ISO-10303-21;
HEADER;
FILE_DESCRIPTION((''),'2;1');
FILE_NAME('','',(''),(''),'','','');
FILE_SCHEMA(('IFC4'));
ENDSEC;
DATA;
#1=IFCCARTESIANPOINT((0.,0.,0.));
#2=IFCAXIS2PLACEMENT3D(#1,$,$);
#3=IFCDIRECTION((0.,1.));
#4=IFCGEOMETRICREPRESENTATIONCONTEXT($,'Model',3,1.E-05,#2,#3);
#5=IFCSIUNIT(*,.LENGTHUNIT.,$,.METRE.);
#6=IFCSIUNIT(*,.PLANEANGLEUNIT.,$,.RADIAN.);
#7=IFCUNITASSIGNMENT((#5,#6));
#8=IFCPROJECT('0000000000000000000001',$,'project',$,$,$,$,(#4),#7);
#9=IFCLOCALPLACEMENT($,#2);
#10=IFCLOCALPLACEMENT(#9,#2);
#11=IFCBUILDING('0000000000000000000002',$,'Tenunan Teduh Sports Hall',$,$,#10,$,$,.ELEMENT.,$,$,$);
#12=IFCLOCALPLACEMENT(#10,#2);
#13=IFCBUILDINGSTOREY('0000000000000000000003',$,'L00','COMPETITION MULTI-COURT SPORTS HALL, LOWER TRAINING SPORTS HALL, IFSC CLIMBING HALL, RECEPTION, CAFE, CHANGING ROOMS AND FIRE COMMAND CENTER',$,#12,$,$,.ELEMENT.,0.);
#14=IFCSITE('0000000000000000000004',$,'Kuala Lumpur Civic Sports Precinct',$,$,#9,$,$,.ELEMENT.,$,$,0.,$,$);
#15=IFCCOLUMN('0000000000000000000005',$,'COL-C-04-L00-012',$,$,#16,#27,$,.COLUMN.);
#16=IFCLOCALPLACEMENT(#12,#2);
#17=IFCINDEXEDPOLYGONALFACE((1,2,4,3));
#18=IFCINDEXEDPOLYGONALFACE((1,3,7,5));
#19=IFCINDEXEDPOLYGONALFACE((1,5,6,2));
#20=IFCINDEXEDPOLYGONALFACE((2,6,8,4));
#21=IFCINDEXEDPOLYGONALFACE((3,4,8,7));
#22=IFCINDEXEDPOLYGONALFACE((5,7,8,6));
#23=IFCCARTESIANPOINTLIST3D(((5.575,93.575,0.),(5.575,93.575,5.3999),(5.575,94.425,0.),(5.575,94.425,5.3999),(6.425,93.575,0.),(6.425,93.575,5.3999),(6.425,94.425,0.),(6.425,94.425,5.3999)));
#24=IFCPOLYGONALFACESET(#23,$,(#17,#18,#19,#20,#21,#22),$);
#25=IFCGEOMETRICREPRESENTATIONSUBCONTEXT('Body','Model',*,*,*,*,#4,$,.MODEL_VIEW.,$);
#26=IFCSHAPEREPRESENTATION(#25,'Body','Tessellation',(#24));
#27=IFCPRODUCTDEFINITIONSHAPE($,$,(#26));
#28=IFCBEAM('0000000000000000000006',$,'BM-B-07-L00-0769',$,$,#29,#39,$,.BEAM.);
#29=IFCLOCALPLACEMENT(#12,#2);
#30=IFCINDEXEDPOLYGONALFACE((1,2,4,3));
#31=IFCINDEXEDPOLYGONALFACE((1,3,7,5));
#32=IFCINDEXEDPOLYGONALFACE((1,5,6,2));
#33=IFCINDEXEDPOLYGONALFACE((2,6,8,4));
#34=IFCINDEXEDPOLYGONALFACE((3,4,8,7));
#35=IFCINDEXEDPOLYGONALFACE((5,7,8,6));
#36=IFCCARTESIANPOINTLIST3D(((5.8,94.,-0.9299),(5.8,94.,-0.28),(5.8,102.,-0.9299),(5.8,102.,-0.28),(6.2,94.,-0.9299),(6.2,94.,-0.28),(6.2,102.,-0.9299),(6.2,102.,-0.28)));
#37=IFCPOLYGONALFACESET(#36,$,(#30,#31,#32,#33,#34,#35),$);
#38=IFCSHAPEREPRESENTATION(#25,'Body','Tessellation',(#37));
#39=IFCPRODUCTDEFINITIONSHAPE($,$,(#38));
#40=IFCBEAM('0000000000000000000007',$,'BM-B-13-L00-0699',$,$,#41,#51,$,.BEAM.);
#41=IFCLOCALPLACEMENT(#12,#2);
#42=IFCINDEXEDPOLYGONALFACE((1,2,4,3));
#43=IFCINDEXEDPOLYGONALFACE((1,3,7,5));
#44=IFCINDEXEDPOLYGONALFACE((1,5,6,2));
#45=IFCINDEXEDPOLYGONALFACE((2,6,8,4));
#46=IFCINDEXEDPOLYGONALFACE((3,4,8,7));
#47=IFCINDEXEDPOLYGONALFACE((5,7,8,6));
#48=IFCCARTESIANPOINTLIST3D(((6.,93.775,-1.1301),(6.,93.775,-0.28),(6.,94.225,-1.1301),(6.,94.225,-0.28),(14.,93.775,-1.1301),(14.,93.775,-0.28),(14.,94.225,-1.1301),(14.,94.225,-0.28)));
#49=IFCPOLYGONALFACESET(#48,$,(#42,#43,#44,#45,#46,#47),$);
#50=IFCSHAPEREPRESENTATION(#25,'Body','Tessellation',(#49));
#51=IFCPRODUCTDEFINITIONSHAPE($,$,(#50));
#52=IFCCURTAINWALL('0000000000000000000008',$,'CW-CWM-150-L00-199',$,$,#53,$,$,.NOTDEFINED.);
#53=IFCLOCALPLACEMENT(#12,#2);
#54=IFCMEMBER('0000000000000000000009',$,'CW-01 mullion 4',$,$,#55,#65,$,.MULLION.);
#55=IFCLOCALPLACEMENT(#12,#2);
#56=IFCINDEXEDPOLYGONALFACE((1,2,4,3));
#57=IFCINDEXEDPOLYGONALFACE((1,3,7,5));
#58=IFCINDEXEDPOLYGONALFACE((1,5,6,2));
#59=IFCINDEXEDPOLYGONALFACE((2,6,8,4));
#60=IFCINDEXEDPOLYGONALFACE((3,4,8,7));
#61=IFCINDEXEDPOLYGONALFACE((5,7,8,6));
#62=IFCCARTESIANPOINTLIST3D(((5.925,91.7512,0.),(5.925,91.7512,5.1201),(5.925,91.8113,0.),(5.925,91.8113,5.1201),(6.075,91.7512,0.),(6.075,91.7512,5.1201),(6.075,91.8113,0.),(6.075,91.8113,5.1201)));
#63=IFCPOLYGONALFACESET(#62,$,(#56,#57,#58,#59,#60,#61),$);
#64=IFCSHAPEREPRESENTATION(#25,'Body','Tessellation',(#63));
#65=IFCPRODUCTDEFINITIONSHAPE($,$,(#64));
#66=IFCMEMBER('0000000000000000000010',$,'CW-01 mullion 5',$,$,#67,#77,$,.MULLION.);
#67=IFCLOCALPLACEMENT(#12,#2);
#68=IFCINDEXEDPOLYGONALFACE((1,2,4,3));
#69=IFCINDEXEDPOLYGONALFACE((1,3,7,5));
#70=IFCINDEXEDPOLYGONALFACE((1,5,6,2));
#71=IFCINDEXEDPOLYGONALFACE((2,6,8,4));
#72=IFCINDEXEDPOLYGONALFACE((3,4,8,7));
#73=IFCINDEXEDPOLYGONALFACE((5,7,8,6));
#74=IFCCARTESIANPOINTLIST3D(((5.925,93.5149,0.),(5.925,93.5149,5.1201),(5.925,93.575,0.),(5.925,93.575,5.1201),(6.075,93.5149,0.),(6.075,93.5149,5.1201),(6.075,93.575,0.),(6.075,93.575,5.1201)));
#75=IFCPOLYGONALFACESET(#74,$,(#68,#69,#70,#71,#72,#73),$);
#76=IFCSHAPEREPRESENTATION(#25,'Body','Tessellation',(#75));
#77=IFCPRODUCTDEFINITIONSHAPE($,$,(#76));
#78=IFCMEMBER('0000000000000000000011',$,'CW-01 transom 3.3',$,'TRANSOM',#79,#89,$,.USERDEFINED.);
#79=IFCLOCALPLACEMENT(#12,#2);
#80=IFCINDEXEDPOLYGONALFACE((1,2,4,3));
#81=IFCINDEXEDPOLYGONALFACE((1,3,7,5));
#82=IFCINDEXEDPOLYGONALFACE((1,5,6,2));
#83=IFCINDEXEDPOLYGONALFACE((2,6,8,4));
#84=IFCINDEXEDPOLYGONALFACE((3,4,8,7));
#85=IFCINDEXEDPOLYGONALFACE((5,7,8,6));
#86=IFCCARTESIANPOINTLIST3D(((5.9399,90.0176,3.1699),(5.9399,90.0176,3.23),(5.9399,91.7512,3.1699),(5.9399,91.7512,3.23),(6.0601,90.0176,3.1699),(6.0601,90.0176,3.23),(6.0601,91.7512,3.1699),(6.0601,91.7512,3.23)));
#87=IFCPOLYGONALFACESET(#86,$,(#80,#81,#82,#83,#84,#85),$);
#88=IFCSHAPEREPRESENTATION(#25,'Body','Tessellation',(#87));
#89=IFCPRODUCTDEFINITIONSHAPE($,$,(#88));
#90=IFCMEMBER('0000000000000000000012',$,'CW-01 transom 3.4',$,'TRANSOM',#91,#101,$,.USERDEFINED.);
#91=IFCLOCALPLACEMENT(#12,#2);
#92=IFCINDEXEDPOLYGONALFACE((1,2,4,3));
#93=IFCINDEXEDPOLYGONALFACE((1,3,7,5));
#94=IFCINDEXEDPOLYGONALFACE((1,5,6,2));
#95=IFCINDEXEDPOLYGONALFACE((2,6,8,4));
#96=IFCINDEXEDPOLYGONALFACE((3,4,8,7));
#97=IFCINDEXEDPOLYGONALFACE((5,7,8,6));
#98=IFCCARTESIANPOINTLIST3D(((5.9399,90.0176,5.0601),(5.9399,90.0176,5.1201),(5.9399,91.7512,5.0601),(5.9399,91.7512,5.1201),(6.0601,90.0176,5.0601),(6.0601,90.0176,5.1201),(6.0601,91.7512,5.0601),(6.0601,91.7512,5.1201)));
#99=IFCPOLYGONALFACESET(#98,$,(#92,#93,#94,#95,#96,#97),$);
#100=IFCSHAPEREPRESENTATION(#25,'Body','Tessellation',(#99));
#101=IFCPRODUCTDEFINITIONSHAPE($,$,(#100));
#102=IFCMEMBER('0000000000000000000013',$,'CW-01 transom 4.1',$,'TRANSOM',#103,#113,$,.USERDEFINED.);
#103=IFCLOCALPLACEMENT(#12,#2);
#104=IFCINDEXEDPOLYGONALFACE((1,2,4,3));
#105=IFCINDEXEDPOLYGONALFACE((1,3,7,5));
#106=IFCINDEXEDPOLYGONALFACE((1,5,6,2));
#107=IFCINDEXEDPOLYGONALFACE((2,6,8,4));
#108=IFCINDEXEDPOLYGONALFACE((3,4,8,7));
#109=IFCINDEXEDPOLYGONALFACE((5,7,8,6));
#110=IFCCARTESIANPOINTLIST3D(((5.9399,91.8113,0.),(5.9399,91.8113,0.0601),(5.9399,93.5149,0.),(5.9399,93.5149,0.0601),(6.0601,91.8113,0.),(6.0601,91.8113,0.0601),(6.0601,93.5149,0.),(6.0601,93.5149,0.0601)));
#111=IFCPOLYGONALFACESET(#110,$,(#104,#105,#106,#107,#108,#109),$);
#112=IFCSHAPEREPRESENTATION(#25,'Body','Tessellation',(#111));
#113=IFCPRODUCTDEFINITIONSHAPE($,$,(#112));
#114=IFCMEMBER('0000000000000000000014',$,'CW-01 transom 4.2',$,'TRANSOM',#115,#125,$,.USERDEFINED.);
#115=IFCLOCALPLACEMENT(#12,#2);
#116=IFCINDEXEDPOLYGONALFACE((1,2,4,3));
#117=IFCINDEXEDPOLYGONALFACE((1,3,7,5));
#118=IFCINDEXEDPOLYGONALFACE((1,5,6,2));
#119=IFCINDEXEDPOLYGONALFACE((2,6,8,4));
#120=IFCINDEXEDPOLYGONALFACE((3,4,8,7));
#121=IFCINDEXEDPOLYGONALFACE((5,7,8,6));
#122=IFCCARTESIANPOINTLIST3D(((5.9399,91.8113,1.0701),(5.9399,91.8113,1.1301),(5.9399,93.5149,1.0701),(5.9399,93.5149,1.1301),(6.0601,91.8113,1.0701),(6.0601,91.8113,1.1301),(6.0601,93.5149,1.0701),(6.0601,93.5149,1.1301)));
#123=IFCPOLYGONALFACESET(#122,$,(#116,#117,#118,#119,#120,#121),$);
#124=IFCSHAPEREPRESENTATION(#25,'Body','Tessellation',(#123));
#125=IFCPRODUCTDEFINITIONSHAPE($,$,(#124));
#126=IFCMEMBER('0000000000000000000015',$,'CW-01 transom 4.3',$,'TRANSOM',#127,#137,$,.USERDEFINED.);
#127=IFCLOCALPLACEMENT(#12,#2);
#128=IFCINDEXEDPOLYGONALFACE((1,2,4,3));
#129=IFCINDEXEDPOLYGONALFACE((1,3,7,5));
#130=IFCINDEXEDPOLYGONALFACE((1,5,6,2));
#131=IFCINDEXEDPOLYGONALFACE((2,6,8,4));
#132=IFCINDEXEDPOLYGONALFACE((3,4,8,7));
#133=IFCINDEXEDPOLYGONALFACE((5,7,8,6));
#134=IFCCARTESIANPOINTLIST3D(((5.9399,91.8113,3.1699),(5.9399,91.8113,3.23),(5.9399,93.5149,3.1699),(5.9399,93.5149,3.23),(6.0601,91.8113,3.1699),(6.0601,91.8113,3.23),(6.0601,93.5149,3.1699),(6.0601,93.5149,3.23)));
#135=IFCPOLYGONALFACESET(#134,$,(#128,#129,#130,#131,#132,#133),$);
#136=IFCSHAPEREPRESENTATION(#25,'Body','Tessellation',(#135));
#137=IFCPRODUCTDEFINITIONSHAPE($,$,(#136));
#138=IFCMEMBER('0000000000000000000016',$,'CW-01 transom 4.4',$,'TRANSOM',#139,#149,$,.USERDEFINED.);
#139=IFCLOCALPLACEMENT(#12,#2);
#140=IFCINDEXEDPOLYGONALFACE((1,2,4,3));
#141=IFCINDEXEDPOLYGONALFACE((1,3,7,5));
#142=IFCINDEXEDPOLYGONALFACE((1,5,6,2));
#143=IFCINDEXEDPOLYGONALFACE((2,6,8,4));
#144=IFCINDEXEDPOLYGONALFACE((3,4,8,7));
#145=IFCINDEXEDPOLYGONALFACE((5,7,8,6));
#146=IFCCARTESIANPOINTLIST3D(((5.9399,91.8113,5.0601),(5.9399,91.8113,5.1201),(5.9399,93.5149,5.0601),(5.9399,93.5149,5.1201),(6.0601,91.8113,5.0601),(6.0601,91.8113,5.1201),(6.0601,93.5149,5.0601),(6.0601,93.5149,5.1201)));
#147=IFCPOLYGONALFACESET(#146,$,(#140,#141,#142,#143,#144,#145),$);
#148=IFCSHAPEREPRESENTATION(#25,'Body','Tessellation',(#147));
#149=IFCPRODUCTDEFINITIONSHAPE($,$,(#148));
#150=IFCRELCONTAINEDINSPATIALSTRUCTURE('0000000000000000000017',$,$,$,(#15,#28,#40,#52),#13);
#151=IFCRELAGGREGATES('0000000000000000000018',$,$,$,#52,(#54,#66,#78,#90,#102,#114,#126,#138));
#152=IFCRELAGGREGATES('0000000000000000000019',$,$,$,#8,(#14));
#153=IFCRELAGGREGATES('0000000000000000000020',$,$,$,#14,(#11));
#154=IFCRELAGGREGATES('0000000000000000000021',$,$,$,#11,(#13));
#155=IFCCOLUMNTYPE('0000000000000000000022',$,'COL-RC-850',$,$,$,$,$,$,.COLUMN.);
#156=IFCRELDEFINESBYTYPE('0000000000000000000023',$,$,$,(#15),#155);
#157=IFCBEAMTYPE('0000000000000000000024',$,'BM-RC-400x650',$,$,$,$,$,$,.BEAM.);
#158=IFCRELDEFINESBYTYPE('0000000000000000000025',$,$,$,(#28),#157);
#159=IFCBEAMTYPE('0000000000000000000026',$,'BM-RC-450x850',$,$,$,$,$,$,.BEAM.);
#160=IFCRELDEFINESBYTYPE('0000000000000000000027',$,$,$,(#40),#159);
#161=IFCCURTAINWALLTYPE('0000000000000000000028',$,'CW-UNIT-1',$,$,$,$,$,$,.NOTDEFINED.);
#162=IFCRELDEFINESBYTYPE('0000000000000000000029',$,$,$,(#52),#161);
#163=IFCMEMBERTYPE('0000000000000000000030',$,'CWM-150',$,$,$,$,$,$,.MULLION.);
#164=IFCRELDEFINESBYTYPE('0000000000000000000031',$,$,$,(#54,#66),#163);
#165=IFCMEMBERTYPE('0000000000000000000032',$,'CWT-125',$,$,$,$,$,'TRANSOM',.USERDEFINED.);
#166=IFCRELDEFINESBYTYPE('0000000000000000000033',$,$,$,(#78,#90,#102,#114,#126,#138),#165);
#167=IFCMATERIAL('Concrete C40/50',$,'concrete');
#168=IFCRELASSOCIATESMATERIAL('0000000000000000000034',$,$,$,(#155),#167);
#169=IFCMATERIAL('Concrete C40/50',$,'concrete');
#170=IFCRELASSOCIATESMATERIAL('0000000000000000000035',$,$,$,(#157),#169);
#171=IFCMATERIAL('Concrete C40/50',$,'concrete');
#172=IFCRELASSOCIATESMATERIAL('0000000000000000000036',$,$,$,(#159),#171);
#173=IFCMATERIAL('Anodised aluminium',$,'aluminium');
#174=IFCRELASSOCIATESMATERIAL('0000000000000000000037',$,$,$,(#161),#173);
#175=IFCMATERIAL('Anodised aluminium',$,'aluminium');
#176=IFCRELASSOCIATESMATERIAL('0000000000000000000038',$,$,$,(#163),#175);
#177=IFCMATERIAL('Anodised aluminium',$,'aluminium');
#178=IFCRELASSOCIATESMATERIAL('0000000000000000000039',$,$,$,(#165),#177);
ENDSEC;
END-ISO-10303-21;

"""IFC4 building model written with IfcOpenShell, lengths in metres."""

from ifc_helpers import new_model, si_unit, direction, frame, origin, origin_2d, place, context, subcontext, project, spatial, rectangle, extrude, material, material_profile, profile_set, type_object, element, aggregate, save


model = new_model("IFC4")

# Units and contexts
model_context = context("Model", 3, precision=1e-05, world=origin(), true_north=direction((0.0, 1.0)))
body_context = subcontext(model_context, "Body", "Model", "MODEL_VIEW")
ifc_project = project(units=[si_unit("LENGTHUNIT", "METRE"), si_unit("PLANEANGLEUNIT", "RADIAN")], contexts=[model_context])

# Site, building, storey
site_placement = place(None, origin())
site = spatial("IfcSite", under=ifc_project, at=site_placement, Name="Kuala Lumpur Civic Sports Precinct", CompositionType="ELEMENT", RefElevation=0.0)
building_placement = place(site_placement, origin())
building = spatial("IfcBuilding", under=site, at=building_placement, Name="Tenunan Teduh Sports Hall", CompositionType="ELEMENT")
storey_placement = place(building_placement, origin())
storey = spatial("IfcBuildingStorey", under=building, at=storey_placement, Name="L00", Description="COMPETITION MULTI-COURT SPORTS HALL, LOWER TRAINING SPORTS HALL, IFSC CLIMBING HALL, RECEPTION, CAFE, CHANGING ROOMS AND FIRE COMMAND CENTER", CompositionType="ELEMENT", Elevation=0.0)

# Column
ifc_material_1 = material(Name="Concrete C40/50", Category="concrete")
ifc_material_profile_1 = material_profile(ifc_material_1, rectangle(XDim=0.8501, YDim=0.8501, at=origin_2d()), Name="RC 850x850")
ifc_profile_set_1 = profile_set([ifc_material_profile_1], Name="Concrete C40/50")
column_type = type_object("IfcColumnType", Name="COL-RC-850", PredefinedType="COLUMN", material=ifc_profile_set_1)
column_placement = place(storey_placement, frame((6.0, 94.0, 0.0), z_axis=(0.0, 0.0, 1.0), x_axis=(1.0, 0.0, 0.0)))
element("IfcColumn", 1, at=column_placement, inside=storey, type_object=column_type, Name="COL-C-04-L00-012", PredefinedType="COLUMN", context=body_context, shape_type="SweptSolid", body=[
    extrude(rectangle(XDim=0.8501, YDim=0.8501, at=origin_2d()), origin(), (0.0, 0.0, 1.0), 5.3999),
])

# Beams
ifc_material_2 = material(Name="Concrete C40/50", Category="concrete")
ifc_material_profile_2 = material_profile(ifc_material_2, rectangle(XDim=0.3999, YDim=0.6499, at=origin_2d()), Name="RCB 400x650")
ifc_profile_set_2 = profile_set([ifc_material_profile_2], Name="Concrete C40/50")
beam_type_1 = type_object("IfcBeamType", Name="BM-RC-400x650", PredefinedType="BEAM", material=ifc_profile_set_2)
beam_1_placement = place(storey_placement, frame((6.0, 94.0, -0.605), z_axis=(0.0, 1.0, 0.0), x_axis=(-1.0, 0.0, 0.0)))
element("IfcBeam", 2, at=beam_1_placement, inside=storey, type_object=beam_type_1, Name="BM-B-07-L00-0769", PredefinedType="BEAM", context=body_context, shape_type="SweptSolid", body=[
    extrude(rectangle(XDim=0.3999, YDim=0.6499, at=origin_2d()), origin(), (0.0, 0.0, 1.0), 8.0),
])
ifc_material_3 = material(Name="Concrete C40/50", Category="concrete")
ifc_material_profile_3 = material_profile(ifc_material_3, rectangle(XDim=0.45, YDim=0.8501, at=origin_2d()), Name="RCB 450x850")
ifc_profile_set_3 = profile_set([ifc_material_profile_3], Name="Concrete C40/50")
beam_type_2 = type_object("IfcBeamType", Name="BM-RC-450x850", PredefinedType="BEAM", material=ifc_profile_set_3)
beam_2_placement = place(storey_placement, frame((6.0, 94.0, -0.7051), z_axis=(1.0, 0.0, 0.0), x_axis=(0.0, 1.0, 0.0)))
element("IfcBeam", 3, at=beam_2_placement, inside=storey, type_object=beam_type_2, Name="BM-B-13-L00-0699", PredefinedType="BEAM", context=body_context, shape_type="SweptSolid", body=[
    extrude(rectangle(XDim=0.45, YDim=0.8501, at=origin_2d()), origin(), (0.0, 0.0, 1.0), 8.0),
])

# Curtain wall, members
ifc_material_4 = material(Name="Anodised aluminium", Category="aluminium")
curtain_wall_type = type_object("IfcCurtainWallType", Name="CW-UNIT-1", PredefinedType="NOTDEFINED", material=ifc_material_4)
curtain_wall_placement = place(storey_placement, origin())
curtain_wall = element("IfcCurtainWall", 4, at=curtain_wall_placement, inside=storey, type_object=curtain_wall_type, Name="CW-CWM-150-L00-199", PredefinedType="NOTDEFINED")
ifc_material_5 = material(Name="Anodised aluminium", Category="aluminium")
ifc_material_profile_4 = material_profile(ifc_material_5, rectangle(XDim=0.0601, YDim=0.1499, at=origin_2d()), Name="CWM 60x150")
ifc_profile_set_4 = profile_set([ifc_material_profile_4], Name="Anodised aluminium")
member_type_1 = type_object("IfcMemberType", Name="CWM-150", PredefinedType="MULLION", material=ifc_profile_set_4)
member_1_placement = place(storey_placement, frame((6.0, 91.7812, 0.0), z_axis=(0.0, 0.0, 1.0), x_axis=(0.0, 1.0, 0.0)))
member_1 = element("IfcMember", 5, at=member_1_placement, type_object=member_type_1, Name="CW-01 mullion 4", PredefinedType="MULLION", context=body_context, shape_type="SweptSolid", body=[
    extrude(rectangle(XDim=0.0601, YDim=0.1499, at=origin_2d()), origin(), (0.0, 0.0, 1.0), 5.1201),
])
member_2_placement = place(storey_placement, frame((6.0, 93.5449, 0.0), z_axis=(0.0, 0.0, 1.0), x_axis=(0.0, 1.0, 0.0)))
member_2 = element("IfcMember", 6, at=member_2_placement, type_object=member_type_1, Name="CW-01 mullion 5", PredefinedType="MULLION", context=body_context, shape_type="SweptSolid", body=[
    extrude(rectangle(XDim=0.0601, YDim=0.1499, at=origin_2d()), origin(), (0.0, 0.0, 1.0), 5.1201),
])
ifc_material_6 = material(Name="Anodised aluminium", Category="aluminium")
ifc_material_profile_5 = material_profile(ifc_material_6, rectangle(XDim=0.0601, YDim=0.1201, at=origin_2d()), Name="CWT 60x120")
ifc_profile_set_5 = profile_set([ifc_material_profile_5], Name="Anodised aluminium")
member_type_2 = type_object("IfcMemberType", Name="CWT-125", ElementType="TRANSOM", PredefinedType="USERDEFINED", material=ifc_profile_set_5)
member_3_placement = place(storey_placement, frame((6.0, 90.0176, 3.2), z_axis=(0.0, 1.0, 0.0), x_axis=(0.0, 0.0, 1.0)))
member_3 = element("IfcMember", 7, at=member_3_placement, type_object=member_type_2, Name="CW-01 transom 3.3", ObjectType="TRANSOM", PredefinedType="USERDEFINED", context=body_context, shape_type="SweptSolid", body=[
    extrude(rectangle(XDim=0.0601, YDim=0.1201, at=origin_2d()), origin(), (0.0, 0.0, 1.0), 1.7336),
])
member_4_placement = place(storey_placement, frame((6.0, 90.0176, 5.0901), z_axis=(0.0, 1.0, 0.0), x_axis=(0.0, 0.0, 1.0)))
member_4 = element("IfcMember", 8, at=member_4_placement, type_object=member_type_2, Name="CW-01 transom 3.4", ObjectType="TRANSOM", PredefinedType="USERDEFINED", context=body_context, shape_type="SweptSolid", body=[
    extrude(rectangle(XDim=0.0601, YDim=0.1201, at=origin_2d()), origin(), (0.0, 0.0, 1.0), 1.7336),
])
member_5_placement = place(storey_placement, frame((6.0, 91.8113, 0.03), z_axis=(0.0, 1.0, 0.0), x_axis=(0.0, 0.0, 1.0)))
member_5 = element("IfcMember", 9, at=member_5_placement, type_object=member_type_2, Name="CW-01 transom 4.1", ObjectType="TRANSOM", PredefinedType="USERDEFINED", context=body_context, shape_type="SweptSolid", body=[
    extrude(rectangle(XDim=0.0601, YDim=0.1201, at=origin_2d()), origin(), (0.0, 0.0, 1.0), 1.7036),
])
member_6_placement = place(storey_placement, frame((6.0, 91.8113, 1.1001), z_axis=(0.0, 1.0, 0.0), x_axis=(0.0, 0.0, 1.0)))
member_6 = element("IfcMember", 10, at=member_6_placement, type_object=member_type_2, Name="CW-01 transom 4.2", ObjectType="TRANSOM", PredefinedType="USERDEFINED", context=body_context, shape_type="SweptSolid", body=[
    extrude(rectangle(XDim=0.0601, YDim=0.1201, at=origin_2d()), origin(), (0.0, 0.0, 1.0), 1.7036),
])
member_7_placement = place(storey_placement, frame((6.0, 91.8113, 3.2), z_axis=(0.0, 1.0, 0.0), x_axis=(0.0, 0.0, 1.0)))
member_7 = element("IfcMember", 11, at=member_7_placement, type_object=member_type_2, Name="CW-01 transom 4.3", ObjectType="TRANSOM", PredefinedType="USERDEFINED", context=body_context, shape_type="SweptSolid", body=[
    extrude(rectangle(XDim=0.0601, YDim=0.1201, at=origin_2d()), origin(), (0.0, 0.0, 1.0), 1.7036),
])
member_8_placement = place(storey_placement, frame((6.0, 91.8113, 5.0901), z_axis=(0.0, 1.0, 0.0), x_axis=(0.0, 0.0, 1.0)))
member_8 = element("IfcMember", 12, at=member_8_placement, type_object=member_type_2, Name="CW-01 transom 4.4", ObjectType="TRANSOM", PredefinedType="USERDEFINED", context=body_context, shape_type="SweptSolid", body=[
    extrude(rectangle(XDim=0.0601, YDim=0.1201, at=origin_2d()), origin(), (0.0, 0.0, 1.0), 1.7036),
])

aggregate(curtain_wall, [member_1, member_2, member_3, member_4, member_5, member_6, member_7, member_8])

save(model, "model.ifc")
